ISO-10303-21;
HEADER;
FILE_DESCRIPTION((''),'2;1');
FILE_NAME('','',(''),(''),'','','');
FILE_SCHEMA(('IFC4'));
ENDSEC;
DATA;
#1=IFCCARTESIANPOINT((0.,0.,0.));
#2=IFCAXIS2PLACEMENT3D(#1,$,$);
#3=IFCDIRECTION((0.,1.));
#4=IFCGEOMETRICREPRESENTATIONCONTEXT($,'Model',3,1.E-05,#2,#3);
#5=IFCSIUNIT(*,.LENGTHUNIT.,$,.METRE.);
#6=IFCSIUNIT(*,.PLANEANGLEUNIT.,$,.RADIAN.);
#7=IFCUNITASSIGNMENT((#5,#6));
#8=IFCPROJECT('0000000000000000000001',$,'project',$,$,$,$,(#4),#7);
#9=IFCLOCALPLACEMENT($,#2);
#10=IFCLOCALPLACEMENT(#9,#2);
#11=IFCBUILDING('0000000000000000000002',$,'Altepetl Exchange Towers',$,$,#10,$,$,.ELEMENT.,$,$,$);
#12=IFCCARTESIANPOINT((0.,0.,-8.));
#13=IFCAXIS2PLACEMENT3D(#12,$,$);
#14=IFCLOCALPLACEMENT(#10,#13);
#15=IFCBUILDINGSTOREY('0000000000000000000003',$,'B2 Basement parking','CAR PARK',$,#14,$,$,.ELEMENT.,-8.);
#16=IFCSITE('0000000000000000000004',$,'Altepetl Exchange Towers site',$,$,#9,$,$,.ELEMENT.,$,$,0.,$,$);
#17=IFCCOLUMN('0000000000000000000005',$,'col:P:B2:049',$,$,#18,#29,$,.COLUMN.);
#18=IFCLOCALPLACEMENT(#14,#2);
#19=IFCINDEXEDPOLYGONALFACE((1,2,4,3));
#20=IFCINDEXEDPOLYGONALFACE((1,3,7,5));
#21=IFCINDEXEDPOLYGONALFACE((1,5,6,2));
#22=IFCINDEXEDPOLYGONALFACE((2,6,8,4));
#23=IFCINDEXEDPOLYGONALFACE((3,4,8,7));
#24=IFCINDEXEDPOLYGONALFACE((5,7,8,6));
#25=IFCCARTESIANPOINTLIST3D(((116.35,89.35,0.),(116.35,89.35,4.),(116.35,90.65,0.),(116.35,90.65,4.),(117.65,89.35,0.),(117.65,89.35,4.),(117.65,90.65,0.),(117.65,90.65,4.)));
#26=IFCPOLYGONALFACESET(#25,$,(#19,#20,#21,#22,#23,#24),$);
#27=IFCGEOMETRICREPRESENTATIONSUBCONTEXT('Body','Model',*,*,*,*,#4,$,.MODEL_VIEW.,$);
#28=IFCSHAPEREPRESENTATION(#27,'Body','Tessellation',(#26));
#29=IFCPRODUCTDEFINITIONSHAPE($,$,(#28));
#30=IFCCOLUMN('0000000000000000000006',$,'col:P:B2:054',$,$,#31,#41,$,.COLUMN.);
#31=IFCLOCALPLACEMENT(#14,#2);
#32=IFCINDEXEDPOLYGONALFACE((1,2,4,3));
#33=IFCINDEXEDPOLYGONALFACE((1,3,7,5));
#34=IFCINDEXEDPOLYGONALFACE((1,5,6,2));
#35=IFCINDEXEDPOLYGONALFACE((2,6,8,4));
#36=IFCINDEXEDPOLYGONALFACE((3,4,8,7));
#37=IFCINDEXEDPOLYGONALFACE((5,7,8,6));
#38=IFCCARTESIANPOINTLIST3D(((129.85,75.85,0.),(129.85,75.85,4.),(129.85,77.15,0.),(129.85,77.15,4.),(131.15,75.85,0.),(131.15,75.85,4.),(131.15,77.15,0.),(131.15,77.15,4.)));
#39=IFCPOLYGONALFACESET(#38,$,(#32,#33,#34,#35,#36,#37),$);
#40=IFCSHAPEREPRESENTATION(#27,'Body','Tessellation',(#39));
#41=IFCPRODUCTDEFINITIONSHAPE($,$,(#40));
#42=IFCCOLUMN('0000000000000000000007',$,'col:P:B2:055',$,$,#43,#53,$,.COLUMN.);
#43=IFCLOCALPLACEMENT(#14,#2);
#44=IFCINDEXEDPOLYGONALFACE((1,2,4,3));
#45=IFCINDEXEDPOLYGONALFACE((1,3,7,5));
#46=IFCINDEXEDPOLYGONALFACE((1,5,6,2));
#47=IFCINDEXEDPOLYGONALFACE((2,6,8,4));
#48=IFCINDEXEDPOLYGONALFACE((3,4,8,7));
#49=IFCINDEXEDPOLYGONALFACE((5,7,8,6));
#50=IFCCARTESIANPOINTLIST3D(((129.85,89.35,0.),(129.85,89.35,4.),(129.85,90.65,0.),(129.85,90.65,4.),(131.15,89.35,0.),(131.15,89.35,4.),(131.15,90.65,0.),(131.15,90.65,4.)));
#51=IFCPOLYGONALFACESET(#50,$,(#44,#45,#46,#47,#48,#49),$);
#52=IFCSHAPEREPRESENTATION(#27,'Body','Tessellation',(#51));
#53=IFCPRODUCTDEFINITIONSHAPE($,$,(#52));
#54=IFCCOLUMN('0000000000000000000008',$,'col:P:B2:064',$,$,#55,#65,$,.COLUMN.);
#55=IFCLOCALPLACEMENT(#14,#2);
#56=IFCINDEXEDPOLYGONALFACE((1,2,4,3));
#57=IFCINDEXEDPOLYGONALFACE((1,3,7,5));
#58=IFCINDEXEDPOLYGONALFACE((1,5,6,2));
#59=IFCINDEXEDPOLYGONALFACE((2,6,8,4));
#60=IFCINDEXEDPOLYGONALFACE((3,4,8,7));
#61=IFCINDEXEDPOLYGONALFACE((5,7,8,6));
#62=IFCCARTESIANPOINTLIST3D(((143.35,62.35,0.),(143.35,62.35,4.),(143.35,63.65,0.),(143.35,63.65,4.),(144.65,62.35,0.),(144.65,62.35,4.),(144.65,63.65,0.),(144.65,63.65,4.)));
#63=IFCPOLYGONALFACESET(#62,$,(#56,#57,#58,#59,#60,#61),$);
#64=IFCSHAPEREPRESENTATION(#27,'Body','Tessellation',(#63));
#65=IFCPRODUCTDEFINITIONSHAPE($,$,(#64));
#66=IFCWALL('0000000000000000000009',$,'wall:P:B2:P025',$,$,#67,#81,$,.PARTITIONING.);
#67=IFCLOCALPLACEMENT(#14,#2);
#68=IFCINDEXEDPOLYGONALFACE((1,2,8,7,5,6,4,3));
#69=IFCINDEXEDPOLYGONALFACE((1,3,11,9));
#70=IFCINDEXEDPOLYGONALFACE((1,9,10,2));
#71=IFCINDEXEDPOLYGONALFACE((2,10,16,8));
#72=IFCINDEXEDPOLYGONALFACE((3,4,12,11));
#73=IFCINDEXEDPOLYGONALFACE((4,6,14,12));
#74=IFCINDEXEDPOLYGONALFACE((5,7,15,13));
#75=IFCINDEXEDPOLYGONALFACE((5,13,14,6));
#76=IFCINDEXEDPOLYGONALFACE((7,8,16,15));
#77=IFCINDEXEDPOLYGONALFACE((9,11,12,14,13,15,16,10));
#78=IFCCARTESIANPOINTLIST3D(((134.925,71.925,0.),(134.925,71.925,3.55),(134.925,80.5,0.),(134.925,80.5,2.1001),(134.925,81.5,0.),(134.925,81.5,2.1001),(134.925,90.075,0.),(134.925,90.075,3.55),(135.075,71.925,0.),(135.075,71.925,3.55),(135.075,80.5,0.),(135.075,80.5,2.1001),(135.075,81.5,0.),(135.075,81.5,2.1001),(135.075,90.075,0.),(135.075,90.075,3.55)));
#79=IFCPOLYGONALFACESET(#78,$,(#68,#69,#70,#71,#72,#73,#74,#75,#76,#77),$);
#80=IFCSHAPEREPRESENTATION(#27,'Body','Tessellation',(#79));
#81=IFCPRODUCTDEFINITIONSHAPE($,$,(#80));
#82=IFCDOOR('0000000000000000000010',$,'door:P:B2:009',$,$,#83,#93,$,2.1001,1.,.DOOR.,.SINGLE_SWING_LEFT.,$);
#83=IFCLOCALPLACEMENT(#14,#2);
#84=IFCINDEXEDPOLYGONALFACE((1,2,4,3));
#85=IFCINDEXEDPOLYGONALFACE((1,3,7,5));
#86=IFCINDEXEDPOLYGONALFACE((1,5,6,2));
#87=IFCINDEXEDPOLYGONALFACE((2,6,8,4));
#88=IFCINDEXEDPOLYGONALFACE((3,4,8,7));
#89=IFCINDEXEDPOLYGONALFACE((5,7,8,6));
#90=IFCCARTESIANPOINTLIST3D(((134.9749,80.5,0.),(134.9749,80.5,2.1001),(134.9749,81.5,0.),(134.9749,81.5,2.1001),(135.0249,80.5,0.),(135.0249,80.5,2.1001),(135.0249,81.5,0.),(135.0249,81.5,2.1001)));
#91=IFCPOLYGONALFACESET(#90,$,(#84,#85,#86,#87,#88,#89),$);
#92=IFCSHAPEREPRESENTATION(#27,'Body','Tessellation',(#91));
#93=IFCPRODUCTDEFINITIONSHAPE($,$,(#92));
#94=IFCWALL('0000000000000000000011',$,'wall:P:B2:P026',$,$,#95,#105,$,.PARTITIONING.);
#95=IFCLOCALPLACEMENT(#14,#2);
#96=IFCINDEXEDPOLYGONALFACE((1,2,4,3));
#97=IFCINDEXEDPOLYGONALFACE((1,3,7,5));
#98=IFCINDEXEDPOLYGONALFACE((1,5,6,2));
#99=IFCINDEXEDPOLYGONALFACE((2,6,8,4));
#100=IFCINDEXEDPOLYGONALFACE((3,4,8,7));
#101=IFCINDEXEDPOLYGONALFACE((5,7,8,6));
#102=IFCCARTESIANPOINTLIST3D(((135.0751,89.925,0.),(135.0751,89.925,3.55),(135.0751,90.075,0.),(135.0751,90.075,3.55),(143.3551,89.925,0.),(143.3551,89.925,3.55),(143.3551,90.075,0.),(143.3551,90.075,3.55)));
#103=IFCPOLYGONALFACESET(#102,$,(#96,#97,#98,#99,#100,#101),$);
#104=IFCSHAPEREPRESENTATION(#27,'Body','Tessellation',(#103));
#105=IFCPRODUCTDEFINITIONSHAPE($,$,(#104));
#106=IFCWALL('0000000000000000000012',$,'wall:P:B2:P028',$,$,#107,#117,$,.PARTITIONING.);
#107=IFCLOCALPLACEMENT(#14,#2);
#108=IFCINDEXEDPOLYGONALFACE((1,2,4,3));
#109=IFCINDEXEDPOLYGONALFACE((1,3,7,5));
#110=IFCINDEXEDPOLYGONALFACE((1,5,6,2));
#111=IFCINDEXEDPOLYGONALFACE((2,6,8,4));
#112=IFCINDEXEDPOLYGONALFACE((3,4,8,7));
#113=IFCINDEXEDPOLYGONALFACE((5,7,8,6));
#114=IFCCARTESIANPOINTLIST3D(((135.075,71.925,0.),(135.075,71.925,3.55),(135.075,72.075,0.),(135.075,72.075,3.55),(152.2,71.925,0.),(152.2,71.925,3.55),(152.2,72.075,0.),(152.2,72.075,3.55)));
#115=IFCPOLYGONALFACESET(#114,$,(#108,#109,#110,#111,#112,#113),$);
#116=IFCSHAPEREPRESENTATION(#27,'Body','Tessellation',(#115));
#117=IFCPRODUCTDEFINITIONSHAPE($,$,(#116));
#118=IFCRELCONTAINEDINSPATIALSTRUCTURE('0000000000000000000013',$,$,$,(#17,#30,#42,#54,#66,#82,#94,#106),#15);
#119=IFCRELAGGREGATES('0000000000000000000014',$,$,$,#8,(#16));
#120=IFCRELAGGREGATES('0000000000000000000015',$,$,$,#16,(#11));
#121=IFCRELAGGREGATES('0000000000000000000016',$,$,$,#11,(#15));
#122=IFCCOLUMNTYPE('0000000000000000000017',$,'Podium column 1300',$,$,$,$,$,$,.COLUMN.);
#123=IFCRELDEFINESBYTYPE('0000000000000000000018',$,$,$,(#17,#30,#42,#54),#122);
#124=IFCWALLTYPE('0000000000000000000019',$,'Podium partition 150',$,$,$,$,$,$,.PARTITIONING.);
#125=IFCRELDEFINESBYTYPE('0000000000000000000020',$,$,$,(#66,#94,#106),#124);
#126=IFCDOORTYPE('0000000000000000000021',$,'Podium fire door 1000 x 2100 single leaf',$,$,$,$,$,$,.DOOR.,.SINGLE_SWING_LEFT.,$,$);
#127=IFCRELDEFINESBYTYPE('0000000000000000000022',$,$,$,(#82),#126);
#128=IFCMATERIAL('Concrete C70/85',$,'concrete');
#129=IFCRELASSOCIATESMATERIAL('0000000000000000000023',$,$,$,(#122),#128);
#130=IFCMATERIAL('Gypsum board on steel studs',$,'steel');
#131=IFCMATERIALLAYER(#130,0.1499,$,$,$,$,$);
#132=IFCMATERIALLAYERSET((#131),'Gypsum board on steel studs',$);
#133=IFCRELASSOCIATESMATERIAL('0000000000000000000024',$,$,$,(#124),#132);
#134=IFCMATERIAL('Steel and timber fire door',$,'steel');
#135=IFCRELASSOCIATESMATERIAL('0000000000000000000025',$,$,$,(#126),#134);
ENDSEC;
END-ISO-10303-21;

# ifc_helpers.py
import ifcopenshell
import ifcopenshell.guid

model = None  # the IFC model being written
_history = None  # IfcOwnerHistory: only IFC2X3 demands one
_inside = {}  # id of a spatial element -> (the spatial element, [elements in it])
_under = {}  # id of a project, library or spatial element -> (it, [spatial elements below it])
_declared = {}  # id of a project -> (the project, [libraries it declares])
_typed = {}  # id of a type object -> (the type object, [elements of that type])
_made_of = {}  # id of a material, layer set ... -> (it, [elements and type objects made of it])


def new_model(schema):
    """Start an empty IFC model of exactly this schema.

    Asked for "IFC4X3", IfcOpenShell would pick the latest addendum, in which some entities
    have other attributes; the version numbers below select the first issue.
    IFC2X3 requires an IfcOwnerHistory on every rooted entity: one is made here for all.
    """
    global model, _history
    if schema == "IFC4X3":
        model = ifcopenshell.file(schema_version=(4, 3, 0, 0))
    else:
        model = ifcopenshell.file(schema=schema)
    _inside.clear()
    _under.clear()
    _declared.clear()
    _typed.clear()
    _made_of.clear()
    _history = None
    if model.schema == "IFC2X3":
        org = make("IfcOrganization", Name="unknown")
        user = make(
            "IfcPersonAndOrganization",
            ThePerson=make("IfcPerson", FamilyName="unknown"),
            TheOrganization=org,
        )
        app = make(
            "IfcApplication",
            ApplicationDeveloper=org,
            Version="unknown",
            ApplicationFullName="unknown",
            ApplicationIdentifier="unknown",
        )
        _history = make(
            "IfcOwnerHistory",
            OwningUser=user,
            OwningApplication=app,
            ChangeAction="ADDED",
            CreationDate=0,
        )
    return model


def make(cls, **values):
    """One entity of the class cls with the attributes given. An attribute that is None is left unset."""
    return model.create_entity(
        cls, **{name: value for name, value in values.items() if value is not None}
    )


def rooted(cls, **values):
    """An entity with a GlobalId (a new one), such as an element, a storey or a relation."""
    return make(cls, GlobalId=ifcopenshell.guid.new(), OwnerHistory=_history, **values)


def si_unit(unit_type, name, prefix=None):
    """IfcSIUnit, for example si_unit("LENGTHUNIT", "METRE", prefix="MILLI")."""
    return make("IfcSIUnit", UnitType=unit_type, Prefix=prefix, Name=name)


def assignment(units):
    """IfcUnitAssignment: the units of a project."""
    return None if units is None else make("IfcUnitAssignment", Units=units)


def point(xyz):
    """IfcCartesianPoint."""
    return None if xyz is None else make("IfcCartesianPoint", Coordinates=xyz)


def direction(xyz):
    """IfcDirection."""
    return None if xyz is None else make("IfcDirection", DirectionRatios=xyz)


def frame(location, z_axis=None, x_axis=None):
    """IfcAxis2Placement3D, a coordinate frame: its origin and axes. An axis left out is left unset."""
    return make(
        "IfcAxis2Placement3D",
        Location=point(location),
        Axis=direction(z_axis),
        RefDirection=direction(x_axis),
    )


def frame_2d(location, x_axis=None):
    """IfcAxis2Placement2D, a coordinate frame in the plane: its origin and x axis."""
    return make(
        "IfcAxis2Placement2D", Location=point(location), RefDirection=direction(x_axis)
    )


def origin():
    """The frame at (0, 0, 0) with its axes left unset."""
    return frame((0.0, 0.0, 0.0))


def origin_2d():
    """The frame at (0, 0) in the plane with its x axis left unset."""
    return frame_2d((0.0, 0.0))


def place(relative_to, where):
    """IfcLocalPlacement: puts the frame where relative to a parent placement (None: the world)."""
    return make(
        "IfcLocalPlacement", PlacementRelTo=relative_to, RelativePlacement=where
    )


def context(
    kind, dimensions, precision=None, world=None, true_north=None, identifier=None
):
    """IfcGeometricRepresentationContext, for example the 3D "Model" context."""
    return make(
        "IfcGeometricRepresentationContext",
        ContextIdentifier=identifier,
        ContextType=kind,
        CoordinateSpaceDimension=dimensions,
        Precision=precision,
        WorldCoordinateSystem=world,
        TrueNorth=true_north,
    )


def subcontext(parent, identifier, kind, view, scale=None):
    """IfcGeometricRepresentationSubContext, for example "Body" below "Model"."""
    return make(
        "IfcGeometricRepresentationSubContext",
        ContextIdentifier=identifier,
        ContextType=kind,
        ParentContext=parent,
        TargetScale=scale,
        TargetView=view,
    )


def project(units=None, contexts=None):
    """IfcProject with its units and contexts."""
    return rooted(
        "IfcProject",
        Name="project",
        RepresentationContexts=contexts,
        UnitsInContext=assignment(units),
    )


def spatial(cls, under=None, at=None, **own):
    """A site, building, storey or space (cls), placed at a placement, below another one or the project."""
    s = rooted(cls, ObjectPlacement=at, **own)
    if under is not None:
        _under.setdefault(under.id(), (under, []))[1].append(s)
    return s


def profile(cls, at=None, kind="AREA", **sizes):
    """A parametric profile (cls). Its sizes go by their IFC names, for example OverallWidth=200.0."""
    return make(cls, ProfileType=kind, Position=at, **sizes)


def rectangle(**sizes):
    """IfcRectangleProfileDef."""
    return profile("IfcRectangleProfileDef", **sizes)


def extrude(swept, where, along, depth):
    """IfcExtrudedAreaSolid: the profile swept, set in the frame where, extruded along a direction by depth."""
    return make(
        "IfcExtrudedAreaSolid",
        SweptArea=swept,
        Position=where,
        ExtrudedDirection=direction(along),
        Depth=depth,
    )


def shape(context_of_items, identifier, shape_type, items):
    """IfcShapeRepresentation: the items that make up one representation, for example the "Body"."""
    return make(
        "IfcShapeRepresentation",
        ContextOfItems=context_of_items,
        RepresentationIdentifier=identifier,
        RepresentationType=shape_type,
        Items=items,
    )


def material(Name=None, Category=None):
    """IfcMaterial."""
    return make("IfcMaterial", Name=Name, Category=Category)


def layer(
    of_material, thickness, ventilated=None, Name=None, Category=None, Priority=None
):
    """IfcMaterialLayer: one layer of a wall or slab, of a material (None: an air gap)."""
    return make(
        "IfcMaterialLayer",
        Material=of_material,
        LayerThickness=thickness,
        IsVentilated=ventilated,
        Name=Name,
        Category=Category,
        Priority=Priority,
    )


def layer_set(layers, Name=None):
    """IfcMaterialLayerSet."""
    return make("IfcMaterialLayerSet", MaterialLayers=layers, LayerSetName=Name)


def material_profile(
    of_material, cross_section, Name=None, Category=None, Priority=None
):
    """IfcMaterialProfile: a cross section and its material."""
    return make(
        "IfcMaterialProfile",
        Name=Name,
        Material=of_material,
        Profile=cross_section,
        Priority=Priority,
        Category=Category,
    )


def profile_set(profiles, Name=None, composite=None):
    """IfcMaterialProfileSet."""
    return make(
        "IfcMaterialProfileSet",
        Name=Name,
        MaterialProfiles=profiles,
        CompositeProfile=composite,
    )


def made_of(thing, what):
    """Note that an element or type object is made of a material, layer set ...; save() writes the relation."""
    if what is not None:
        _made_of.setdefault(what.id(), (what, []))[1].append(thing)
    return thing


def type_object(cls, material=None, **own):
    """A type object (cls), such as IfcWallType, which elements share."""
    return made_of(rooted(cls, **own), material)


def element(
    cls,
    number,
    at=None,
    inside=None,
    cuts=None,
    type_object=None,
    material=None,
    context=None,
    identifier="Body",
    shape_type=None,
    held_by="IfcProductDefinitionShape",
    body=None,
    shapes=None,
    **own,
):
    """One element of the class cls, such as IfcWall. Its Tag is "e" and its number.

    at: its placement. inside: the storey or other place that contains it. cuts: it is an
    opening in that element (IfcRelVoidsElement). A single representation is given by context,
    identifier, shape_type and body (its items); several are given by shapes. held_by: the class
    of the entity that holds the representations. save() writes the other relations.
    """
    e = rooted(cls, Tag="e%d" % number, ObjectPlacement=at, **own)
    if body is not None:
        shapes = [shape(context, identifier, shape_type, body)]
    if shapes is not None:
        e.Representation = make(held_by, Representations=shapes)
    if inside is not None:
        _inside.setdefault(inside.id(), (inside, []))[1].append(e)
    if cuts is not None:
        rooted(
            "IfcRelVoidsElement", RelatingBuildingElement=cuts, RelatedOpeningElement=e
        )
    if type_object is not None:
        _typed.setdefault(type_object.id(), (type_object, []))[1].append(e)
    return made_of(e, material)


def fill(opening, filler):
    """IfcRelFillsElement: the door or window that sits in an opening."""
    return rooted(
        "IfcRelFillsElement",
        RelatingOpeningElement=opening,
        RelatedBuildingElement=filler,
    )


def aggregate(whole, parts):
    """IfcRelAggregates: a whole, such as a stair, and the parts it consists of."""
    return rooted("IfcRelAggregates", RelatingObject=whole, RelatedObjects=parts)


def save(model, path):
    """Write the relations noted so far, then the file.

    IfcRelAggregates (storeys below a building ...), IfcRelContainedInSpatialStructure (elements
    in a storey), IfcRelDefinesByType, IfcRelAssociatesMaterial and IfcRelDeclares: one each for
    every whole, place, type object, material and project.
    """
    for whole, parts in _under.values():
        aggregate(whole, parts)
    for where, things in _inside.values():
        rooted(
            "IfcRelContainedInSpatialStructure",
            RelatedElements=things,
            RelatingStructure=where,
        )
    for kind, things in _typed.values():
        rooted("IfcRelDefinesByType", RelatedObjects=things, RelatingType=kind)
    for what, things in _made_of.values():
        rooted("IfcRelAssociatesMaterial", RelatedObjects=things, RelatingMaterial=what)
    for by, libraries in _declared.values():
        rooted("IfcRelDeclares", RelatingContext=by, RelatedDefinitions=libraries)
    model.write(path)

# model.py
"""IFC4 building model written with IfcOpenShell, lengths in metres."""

from ifc_helpers import new_model, si_unit, direction, frame, frame_2d, origin, origin_2d, place, context, subcontext, project, spatial, rectangle, extrude, material, layer, layer_set, material_profile, profile_set, type_object, element, fill, save


model = new_model("IFC4")

# Units and contexts
model_context = context("Model", 3, precision=1e-05, world=origin(), true_north=direction((0.0, 1.0)))
body_context = subcontext(model_context, "Body", "Model", "MODEL_VIEW")
ifc_project = project(units=[si_unit("LENGTHUNIT", "METRE"), si_unit("PLANEANGLEUNIT", "RADIAN")], contexts=[model_context])

# Site, building, storey
site_placement = place(None, origin())
site = spatial("IfcSite", under=ifc_project, at=site_placement, Name="Altepetl Exchange Towers site", CompositionType="ELEMENT", RefElevation=0.0)
building_placement = place(site_placement, origin())
building = spatial("IfcBuilding", under=site, at=building_placement, Name="Altepetl Exchange Towers", CompositionType="ELEMENT")
storey_placement = place(building_placement, frame((0.0, 0.0, -8.0)))
storey = spatial("IfcBuildingStorey", under=building, at=storey_placement, Name="B2 Basement parking", Description="CAR PARK", CompositionType="ELEMENT", Elevation=-8.0)

# Columns
ifc_material_1 = material(Name="Concrete C70/85", Category="concrete")
ifc_material_profile_1 = material_profile(ifc_material_1, rectangle(XDim=1.3, YDim=1.3, at=origin_2d()), Name="1300 x 1300")
ifc_profile_set_1 = profile_set([ifc_material_profile_1], Name="Concrete C70/85")
column_type = type_object("IfcColumnType", Name="Podium column 1300", PredefinedType="COLUMN", material=ifc_profile_set_1)
for number, where, name in (
    (1, (117.0, 90.0, 0.0), "col:P:B2:049"),
    (2, (130.5, 76.5, 0.0), "col:P:B2:054"),
    (3, (130.5, 90.0, 0.0), "col:P:B2:055"),
    (4, (144.0, 63.0, 0.0), "col:P:B2:064"),
):
    element("IfcColumn", number, at=place(storey_placement, frame(where)), inside=storey, type_object=column_type, Name=name, PredefinedType="COLUMN", context=body_context, shape_type="SweptSolid", body=[
        extrude(rectangle(XDim=1.3, YDim=1.3, at=origin_2d()), origin(), (0.0, 0.0, 1.0), 4.0),
    ])

# Wall, opening, door
ifc_material_2 = material(Name="Gypsum board on steel studs", Category="steel")
ifc_layer = layer(ifc_material_2, 0.1499)
ifc_layer_set = layer_set([ifc_layer], Name="Gypsum board on steel studs")
wall_type = type_object("IfcWallType", Name="Podium partition 150", PredefinedType="PARTITIONING", material=ifc_layer_set)
wall_1_placement = place(storey_placement, frame((135.0, 71.925, 0.0), z_axis=(0.0, 0.0, 1.0), x_axis=(0.0, 1.0, 0.0)))
wall_1 = element("IfcWall", 5, at=wall_1_placement, inside=storey, type_object=wall_type, Name="wall:P:B2:P025", PredefinedType="PARTITIONING", context=body_context, shape_type="SweptSolid", body=[
    extrude(rectangle(XDim=18.1499, YDim=0.1499, at=frame_2d((9.075, 0.0))), origin(), (0.0, 0.0, 1.0), 3.55),
])
opening_placement = place(wall_1_placement, frame((8.575, 0.0, 0.0)))
opening = element("IfcOpeningElement", 6, at=opening_placement, cuts=wall_1, PredefinedType="OPENING", context=body_context, shape_type="SweptSolid", body=[
    extrude(rectangle(XDim=1.0, YDim=2.1001, at=frame_2d((0.5, 1.05))), frame((0.0, 0.085, 0.0), z_axis=(0.0, -1.0, 0.0), x_axis=(1.0, 0.0, 0.0)), (0.0, 0.0, 1.0), 0.1699),
])
ifc_material_3 = material(Name="Steel and timber fire door", Category="steel")
door_type = type_object("IfcDoorType", Name="Podium fire door 1000 x 2100 single leaf", OperationType="SINGLE_SWING_LEFT", PredefinedType="DOOR", material=ifc_material_3)
door_placement = place(opening_placement, frame((1.0, 0.0, 0.0), x_axis=(-1.0, 0.0, 0.0)))
door = element("IfcDoor", 7, at=door_placement, inside=storey, type_object=door_type, Name="door:P:B2:009", OperationType="SINGLE_SWING_LEFT", OverallHeight=2.1001, OverallWidth=1.0, PredefinedType="DOOR", context=body_context, shape_type="SweptSolid", body=[
    extrude(rectangle(XDim=1.0, YDim=2.1001, at=frame_2d((0.5, 1.05))), frame((0.0, 0.0249, 0.0), z_axis=(0.0, -1.0, 0.0), x_axis=(1.0, 0.0, 0.0)), (0.0, 0.0, 1.0), 0.05),
])
fill(opening, door)

# Walls
wall_2_placement = place(storey_placement, frame((135.075, 90.0, 0.0)))
element("IfcWall", 8, at=wall_2_placement, inside=storey, type_object=wall_type, Name="wall:P:B2:P026", PredefinedType="PARTITIONING", context=body_context, shape_type="SweptSolid", body=[
    extrude(rectangle(XDim=8.28, YDim=0.1499, at=frame_2d((4.1401, 0.0))), origin(), (0.0, 0.0, 1.0), 3.55),
])
wall_3_placement = place(storey_placement, frame((135.075, 72.0, 0.0)))
element("IfcWall", 9, at=wall_3_placement, inside=storey, type_object=wall_type, Name="wall:P:B2:P028", PredefinedType="PARTITIONING", context=body_context, shape_type="SweptSolid", body=[
    extrude(rectangle(XDim=17.125, YDim=0.1499, at=frame_2d((8.5625, 0.0))), origin(), (0.0, 0.0, 1.0), 3.55),
])

save(model, "model.ifc")
